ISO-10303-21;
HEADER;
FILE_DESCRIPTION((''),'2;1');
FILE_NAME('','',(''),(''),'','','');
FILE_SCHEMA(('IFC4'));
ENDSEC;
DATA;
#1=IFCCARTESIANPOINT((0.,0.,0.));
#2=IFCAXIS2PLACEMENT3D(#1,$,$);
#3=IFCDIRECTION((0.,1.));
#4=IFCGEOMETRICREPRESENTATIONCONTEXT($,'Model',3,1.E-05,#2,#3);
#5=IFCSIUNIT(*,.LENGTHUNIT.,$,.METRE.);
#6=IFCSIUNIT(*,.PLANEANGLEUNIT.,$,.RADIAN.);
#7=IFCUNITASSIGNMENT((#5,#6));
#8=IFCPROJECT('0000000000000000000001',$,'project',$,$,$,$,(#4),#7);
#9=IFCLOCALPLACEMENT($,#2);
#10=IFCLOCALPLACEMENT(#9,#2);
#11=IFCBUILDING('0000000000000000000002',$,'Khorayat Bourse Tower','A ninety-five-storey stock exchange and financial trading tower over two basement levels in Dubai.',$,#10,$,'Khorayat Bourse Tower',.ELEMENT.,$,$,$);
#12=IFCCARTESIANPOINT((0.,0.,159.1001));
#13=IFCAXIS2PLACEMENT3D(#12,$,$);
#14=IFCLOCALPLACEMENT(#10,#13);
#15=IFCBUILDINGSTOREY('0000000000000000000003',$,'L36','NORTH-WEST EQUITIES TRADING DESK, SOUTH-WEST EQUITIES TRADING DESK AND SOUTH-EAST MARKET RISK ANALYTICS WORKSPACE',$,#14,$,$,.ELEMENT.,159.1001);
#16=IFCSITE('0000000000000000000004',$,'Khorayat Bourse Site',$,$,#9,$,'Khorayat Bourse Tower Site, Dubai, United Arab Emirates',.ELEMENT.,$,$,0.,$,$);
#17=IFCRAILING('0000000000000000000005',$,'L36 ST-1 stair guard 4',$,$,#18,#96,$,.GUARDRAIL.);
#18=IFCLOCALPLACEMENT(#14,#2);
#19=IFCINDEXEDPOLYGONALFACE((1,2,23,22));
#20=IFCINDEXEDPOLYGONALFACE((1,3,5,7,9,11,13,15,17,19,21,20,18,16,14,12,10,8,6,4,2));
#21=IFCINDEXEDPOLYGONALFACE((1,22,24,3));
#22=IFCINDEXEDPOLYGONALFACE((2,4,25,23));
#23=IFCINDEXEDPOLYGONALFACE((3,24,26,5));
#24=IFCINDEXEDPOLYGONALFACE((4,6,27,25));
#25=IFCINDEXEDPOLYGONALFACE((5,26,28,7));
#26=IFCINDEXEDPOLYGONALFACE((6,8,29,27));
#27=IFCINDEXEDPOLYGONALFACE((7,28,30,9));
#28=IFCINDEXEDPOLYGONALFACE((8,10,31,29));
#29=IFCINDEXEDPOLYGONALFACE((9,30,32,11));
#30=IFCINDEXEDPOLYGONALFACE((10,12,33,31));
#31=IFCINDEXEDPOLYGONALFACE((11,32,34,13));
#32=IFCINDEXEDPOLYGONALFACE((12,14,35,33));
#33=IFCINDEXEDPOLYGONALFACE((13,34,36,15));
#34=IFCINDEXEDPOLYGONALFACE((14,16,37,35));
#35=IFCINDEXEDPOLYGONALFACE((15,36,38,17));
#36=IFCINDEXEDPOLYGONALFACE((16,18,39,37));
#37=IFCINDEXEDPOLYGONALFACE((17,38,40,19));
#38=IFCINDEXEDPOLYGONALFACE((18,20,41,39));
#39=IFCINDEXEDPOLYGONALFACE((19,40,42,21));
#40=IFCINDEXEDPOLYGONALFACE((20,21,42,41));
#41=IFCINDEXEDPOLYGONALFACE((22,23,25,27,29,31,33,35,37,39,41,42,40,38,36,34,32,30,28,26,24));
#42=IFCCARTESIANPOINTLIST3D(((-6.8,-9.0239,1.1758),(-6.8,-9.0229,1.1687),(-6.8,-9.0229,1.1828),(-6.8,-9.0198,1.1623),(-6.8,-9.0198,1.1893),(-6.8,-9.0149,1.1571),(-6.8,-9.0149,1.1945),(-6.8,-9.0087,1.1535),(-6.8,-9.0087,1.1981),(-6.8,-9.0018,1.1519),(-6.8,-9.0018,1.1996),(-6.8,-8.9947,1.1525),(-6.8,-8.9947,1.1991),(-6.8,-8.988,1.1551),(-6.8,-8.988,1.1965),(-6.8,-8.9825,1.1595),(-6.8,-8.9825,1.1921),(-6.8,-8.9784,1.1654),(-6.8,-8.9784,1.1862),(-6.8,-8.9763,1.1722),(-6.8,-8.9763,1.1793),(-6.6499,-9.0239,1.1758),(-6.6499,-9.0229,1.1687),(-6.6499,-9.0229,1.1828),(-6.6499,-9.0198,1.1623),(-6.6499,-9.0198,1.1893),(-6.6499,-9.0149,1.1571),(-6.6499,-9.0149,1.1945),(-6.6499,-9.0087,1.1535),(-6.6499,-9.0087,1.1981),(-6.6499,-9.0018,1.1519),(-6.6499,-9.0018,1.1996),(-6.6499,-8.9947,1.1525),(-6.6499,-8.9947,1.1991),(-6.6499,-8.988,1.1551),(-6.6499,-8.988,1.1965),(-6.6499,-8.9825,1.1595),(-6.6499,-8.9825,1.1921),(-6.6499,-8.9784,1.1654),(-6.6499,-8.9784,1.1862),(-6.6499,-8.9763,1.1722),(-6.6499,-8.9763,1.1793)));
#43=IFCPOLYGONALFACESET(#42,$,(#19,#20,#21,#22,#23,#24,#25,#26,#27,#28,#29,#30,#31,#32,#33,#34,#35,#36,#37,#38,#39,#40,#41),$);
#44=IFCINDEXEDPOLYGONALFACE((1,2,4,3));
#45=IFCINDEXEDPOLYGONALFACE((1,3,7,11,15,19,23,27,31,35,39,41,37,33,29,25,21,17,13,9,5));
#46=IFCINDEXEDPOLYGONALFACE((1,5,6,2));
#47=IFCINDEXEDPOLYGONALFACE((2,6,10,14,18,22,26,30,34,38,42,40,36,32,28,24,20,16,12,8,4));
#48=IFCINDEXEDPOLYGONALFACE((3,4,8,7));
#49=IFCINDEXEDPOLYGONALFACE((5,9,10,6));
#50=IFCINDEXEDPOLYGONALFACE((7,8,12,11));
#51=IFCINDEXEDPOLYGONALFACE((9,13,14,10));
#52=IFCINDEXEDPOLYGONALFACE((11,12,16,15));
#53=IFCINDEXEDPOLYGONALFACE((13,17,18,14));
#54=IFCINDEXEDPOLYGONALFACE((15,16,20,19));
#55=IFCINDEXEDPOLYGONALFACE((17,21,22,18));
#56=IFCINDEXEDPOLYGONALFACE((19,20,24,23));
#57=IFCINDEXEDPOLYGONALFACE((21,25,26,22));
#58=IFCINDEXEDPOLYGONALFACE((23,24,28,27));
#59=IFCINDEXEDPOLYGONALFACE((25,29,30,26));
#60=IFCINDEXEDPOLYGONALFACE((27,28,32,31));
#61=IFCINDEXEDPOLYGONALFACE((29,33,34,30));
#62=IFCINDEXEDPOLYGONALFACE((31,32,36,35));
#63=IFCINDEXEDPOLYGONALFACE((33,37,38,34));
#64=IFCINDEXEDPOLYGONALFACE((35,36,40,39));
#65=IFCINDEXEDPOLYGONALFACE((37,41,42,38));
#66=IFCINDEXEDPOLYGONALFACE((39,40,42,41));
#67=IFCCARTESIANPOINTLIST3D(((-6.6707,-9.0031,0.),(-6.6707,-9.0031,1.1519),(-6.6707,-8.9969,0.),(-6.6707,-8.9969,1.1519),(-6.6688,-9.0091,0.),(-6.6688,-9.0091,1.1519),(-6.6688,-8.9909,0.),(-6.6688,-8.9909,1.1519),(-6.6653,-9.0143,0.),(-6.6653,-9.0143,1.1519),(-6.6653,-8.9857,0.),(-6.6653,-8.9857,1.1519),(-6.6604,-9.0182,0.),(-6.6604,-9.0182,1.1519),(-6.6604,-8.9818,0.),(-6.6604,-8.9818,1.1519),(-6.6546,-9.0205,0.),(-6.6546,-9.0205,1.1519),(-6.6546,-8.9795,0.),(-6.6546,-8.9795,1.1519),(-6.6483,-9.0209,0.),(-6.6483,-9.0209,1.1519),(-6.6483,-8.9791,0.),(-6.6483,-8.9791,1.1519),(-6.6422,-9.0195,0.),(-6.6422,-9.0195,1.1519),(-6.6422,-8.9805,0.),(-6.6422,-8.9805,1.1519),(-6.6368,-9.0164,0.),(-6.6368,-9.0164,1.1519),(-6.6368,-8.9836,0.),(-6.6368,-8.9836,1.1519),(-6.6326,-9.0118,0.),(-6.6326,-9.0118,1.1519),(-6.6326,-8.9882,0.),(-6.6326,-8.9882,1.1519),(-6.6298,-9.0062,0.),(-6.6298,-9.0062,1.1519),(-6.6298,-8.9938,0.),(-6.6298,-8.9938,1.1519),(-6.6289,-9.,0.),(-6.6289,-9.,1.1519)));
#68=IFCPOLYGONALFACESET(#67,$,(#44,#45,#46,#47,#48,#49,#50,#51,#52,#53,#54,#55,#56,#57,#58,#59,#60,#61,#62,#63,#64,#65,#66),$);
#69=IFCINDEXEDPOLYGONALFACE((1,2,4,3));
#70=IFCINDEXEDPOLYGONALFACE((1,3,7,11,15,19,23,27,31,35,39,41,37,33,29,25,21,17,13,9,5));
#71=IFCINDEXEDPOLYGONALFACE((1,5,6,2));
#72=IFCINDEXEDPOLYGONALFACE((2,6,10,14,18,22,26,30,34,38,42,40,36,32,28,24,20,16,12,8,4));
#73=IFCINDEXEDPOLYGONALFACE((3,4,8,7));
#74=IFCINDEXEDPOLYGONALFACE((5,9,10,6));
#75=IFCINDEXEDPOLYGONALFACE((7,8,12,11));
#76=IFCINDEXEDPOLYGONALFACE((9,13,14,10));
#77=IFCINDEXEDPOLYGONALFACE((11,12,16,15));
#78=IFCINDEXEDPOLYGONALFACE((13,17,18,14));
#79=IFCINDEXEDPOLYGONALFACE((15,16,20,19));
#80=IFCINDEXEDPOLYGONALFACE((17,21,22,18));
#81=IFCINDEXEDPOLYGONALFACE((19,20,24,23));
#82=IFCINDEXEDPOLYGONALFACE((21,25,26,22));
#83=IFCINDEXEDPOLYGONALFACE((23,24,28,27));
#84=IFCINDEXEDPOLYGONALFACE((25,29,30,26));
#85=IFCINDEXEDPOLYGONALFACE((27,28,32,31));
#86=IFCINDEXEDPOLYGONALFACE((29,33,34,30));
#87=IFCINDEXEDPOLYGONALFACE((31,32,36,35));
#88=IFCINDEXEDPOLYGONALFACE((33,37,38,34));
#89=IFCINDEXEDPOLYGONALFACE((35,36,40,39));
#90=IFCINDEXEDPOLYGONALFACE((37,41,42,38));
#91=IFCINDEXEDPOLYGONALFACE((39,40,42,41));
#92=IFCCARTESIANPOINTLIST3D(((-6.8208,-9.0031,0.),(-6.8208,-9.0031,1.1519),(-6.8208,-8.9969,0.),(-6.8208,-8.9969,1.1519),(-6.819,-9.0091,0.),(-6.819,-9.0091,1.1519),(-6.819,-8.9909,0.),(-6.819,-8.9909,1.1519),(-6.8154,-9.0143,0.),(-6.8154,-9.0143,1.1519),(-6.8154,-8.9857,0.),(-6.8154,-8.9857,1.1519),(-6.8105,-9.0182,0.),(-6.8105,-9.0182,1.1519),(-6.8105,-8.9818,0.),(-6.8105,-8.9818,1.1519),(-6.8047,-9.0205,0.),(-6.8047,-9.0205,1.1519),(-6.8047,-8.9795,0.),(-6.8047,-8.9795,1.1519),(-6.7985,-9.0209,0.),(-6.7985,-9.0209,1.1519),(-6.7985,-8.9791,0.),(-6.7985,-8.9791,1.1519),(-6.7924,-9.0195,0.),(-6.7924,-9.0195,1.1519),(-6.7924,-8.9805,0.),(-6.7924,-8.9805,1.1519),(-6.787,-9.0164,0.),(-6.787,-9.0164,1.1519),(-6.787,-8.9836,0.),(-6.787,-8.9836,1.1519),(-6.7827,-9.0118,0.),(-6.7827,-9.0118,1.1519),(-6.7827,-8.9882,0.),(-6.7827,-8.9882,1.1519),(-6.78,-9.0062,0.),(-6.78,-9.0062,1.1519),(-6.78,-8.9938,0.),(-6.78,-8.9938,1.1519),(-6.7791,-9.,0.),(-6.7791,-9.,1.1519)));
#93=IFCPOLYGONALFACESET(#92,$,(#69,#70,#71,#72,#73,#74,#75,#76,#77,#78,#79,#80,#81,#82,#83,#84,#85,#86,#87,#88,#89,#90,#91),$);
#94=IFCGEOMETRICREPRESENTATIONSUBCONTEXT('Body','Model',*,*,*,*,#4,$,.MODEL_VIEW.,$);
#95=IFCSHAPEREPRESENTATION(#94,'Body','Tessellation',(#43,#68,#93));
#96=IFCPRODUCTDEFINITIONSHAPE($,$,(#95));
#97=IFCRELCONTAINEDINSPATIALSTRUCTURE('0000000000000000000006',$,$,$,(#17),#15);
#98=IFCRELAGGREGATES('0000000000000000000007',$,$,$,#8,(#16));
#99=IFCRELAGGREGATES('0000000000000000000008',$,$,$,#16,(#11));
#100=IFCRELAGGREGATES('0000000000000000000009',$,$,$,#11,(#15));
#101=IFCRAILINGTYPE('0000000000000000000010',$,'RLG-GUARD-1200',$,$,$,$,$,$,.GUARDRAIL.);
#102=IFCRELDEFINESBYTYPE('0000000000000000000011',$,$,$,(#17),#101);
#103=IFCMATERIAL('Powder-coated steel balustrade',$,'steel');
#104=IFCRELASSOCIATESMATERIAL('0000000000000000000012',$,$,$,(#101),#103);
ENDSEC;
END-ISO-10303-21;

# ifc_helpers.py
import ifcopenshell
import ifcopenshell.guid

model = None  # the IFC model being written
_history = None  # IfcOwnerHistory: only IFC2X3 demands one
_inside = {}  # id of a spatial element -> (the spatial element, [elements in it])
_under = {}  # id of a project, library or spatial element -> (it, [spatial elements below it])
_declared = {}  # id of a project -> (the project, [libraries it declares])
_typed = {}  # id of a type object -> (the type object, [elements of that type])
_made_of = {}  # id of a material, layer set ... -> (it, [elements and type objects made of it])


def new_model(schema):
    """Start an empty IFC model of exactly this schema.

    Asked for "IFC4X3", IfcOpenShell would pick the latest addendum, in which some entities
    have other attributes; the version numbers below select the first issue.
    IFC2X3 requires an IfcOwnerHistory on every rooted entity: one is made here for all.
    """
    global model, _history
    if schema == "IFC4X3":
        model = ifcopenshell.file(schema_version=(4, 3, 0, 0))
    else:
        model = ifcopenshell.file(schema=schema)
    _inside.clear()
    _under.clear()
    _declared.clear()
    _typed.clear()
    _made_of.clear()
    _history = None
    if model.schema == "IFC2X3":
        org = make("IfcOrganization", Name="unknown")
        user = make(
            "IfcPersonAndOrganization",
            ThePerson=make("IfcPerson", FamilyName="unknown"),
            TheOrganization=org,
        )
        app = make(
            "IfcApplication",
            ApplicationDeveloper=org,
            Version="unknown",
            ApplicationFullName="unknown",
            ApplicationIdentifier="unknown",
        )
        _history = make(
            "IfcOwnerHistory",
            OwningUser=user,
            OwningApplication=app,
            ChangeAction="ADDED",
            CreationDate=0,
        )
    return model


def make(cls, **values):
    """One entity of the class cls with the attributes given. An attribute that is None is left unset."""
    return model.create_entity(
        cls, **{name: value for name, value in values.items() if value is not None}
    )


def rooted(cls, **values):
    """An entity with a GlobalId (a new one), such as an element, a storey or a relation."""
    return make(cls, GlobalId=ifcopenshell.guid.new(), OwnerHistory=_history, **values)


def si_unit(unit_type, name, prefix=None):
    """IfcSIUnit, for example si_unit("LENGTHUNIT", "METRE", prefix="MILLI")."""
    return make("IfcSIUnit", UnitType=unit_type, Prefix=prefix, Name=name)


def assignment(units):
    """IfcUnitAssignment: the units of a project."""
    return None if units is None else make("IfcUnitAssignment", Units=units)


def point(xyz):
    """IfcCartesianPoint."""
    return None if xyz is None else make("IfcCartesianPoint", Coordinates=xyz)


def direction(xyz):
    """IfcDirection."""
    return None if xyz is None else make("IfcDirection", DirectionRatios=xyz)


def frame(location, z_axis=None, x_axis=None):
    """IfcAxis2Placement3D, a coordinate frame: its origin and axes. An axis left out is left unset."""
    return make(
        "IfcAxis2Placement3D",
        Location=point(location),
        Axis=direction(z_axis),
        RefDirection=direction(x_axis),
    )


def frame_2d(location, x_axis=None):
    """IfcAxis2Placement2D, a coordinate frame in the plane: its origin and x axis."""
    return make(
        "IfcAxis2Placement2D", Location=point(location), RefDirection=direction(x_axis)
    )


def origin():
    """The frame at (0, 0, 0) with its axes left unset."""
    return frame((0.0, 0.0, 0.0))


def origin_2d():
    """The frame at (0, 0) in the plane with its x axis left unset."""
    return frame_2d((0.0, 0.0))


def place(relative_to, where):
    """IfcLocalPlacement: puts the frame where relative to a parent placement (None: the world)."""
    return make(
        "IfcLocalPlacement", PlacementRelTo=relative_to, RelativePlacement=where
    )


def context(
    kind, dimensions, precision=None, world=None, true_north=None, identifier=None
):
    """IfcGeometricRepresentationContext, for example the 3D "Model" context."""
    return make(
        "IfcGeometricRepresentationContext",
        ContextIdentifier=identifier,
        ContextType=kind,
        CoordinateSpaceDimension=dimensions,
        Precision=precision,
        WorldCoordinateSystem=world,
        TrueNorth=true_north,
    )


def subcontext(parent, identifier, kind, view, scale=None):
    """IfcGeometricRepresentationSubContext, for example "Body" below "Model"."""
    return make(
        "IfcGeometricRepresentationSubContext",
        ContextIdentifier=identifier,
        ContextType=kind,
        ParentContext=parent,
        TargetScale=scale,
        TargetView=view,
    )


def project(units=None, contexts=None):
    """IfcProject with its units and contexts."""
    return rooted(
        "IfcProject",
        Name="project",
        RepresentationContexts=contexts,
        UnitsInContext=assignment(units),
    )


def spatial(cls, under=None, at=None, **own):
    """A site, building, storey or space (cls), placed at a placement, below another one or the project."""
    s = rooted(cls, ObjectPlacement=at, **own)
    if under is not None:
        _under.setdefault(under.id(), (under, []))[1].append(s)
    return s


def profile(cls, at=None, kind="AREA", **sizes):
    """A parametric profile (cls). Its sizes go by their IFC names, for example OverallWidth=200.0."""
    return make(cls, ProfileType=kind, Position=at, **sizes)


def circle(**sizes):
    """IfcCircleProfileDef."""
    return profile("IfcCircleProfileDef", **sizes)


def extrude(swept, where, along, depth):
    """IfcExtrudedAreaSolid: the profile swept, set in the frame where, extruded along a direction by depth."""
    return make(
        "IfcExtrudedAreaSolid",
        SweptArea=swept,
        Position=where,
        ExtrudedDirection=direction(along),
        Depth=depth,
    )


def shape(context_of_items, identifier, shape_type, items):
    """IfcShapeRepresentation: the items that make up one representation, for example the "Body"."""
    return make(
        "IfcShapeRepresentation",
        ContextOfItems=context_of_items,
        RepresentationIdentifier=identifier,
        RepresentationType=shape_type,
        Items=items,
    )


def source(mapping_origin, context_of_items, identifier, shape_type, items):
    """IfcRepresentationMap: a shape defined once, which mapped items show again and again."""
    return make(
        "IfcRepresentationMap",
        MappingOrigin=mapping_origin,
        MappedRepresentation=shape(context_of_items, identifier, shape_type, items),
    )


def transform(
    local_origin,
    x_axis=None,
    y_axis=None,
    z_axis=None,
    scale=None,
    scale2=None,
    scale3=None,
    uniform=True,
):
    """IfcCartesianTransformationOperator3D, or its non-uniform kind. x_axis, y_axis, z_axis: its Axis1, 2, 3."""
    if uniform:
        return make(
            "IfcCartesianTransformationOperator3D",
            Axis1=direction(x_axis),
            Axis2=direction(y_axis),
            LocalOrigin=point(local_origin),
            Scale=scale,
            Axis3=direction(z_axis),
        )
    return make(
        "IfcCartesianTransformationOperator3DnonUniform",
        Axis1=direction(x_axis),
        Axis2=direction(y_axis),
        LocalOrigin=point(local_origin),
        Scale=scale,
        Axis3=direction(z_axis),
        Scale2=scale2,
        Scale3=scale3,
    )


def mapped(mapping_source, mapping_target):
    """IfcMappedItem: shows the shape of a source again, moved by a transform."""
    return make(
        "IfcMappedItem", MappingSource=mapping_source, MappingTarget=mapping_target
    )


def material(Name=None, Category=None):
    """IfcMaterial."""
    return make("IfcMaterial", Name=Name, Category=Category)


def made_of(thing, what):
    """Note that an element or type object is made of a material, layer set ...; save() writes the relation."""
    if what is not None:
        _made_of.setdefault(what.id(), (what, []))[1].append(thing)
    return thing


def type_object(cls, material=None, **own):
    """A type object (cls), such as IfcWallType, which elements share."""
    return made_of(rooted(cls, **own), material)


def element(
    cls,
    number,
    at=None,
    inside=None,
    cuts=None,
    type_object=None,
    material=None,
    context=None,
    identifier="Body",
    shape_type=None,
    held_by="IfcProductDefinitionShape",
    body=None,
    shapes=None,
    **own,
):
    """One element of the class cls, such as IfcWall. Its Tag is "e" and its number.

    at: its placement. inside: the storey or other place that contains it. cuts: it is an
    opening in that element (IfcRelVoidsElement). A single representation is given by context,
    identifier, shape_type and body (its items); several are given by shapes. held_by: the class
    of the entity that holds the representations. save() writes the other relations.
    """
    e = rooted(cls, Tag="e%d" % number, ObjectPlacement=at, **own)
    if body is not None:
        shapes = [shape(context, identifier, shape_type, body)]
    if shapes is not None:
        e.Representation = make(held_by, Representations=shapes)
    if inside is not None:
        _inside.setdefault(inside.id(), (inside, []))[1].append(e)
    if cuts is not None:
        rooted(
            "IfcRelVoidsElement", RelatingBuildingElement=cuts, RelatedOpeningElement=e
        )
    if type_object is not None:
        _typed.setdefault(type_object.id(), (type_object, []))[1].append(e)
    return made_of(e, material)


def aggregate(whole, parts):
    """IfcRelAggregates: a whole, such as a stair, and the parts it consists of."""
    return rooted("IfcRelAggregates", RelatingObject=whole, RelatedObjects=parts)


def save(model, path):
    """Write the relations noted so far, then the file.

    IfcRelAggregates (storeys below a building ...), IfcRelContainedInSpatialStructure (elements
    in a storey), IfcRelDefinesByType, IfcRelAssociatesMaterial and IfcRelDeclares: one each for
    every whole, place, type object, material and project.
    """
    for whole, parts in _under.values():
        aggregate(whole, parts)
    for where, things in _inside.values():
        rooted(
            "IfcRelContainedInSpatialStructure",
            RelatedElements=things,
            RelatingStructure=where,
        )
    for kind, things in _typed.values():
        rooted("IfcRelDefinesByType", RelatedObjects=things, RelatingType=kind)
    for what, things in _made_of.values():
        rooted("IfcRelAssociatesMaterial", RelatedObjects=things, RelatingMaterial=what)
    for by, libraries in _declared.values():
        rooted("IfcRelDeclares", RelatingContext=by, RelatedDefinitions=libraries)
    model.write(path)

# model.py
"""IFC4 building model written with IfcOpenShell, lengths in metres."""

from ifc_helpers import new_model, si_unit, direction, frame, origin, origin_2d, place, context, subcontext, project, spatial, circle, extrude, source, transform, mapped, material, type_object, element, save


model = new_model("IFC4")

# Units and contexts
model_context = context("Model", 3, precision=1e-05, world=origin(), true_north=direction((0.0, 1.0)))
body_context = subcontext(model_context, "Body", "Model", "MODEL_VIEW")
ifc_project = project(units=[si_unit("LENGTHUNIT", "METRE"), si_unit("PLANEANGLEUNIT", "RADIAN")], contexts=[model_context])

# Site, building, storey
site_placement = place(None, origin())
site = spatial("IfcSite", under=ifc_project, at=site_placement, Name="Khorayat Bourse Site", LongName="Khorayat Bourse Tower Site, Dubai, United Arab Emirates", CompositionType="ELEMENT", RefElevation=0.0)
building_placement = place(site_placement, origin())
building = spatial("IfcBuilding", under=site, at=building_placement, Name="Khorayat Bourse Tower", Description="A ninety-five-storey stock exchange and financial trading tower over two basement levels in Dubai.", LongName="Khorayat Bourse Tower", CompositionType="ELEMENT")
storey_placement = place(building_placement, frame((0.0, 0.0, 159.1001)))
storey = spatial("IfcBuildingStorey", under=building, at=storey_placement, Name="L36", Description="NORTH-WEST EQUITIES TRADING DESK, SOUTH-WEST EQUITIES TRADING DESK AND SOUTH-EAST MARKET RISK ANALYTICS WORKSPACE", CompositionType="ELEMENT", Elevation=159.1001)

# Railing
ifc_material_1 = material(Name="Powder-coated steel balustrade", Category="steel")
railing_type_1 = type_object("IfcRailingType", Name="RLG-GUARD-1200", PredefinedType="GUARDRAIL", material=ifc_material_1)
shared_shape_1 = source(origin(), body_context, "Body", "SweptSolid", [
    extrude(circle(Radius=0.0239, at=origin_2d()), frame((0.0, 0.0, 1.1758), z_axis=(-1.0, 0.0, 0.0), x_axis=(0.0, -1.0, 0.0)), (0.0, 0.0, 1.0), 0.1501),
    extrude(circle(Radius=0.021, at=origin_2d()), origin(), (0.0, 0.0, 1.0), 1.1519),
    extrude(circle(Radius=0.021, at=origin_2d()), frame((-0.1501, 0.0, 0.0)), (0.0, 0.0, 1.0), 1.1519),
])
for number, where, name in (
    (1, (-6.6499, -9.0, 0.0), "L36 ST-1 stair guard 4"),
):
    element("IfcRailing", number, at=place(storey_placement, frame(where)), inside=storey, type_object=railing_type_1, Name=name, PredefinedType="GUARDRAIL", context=body_context, shape_type="MappedRepresentation", body=[
        mapped(shared_shape_1, transform((0.0, 0.0, 0.0), scale=1.0)),
    ])

save(model, "model.ifc")
